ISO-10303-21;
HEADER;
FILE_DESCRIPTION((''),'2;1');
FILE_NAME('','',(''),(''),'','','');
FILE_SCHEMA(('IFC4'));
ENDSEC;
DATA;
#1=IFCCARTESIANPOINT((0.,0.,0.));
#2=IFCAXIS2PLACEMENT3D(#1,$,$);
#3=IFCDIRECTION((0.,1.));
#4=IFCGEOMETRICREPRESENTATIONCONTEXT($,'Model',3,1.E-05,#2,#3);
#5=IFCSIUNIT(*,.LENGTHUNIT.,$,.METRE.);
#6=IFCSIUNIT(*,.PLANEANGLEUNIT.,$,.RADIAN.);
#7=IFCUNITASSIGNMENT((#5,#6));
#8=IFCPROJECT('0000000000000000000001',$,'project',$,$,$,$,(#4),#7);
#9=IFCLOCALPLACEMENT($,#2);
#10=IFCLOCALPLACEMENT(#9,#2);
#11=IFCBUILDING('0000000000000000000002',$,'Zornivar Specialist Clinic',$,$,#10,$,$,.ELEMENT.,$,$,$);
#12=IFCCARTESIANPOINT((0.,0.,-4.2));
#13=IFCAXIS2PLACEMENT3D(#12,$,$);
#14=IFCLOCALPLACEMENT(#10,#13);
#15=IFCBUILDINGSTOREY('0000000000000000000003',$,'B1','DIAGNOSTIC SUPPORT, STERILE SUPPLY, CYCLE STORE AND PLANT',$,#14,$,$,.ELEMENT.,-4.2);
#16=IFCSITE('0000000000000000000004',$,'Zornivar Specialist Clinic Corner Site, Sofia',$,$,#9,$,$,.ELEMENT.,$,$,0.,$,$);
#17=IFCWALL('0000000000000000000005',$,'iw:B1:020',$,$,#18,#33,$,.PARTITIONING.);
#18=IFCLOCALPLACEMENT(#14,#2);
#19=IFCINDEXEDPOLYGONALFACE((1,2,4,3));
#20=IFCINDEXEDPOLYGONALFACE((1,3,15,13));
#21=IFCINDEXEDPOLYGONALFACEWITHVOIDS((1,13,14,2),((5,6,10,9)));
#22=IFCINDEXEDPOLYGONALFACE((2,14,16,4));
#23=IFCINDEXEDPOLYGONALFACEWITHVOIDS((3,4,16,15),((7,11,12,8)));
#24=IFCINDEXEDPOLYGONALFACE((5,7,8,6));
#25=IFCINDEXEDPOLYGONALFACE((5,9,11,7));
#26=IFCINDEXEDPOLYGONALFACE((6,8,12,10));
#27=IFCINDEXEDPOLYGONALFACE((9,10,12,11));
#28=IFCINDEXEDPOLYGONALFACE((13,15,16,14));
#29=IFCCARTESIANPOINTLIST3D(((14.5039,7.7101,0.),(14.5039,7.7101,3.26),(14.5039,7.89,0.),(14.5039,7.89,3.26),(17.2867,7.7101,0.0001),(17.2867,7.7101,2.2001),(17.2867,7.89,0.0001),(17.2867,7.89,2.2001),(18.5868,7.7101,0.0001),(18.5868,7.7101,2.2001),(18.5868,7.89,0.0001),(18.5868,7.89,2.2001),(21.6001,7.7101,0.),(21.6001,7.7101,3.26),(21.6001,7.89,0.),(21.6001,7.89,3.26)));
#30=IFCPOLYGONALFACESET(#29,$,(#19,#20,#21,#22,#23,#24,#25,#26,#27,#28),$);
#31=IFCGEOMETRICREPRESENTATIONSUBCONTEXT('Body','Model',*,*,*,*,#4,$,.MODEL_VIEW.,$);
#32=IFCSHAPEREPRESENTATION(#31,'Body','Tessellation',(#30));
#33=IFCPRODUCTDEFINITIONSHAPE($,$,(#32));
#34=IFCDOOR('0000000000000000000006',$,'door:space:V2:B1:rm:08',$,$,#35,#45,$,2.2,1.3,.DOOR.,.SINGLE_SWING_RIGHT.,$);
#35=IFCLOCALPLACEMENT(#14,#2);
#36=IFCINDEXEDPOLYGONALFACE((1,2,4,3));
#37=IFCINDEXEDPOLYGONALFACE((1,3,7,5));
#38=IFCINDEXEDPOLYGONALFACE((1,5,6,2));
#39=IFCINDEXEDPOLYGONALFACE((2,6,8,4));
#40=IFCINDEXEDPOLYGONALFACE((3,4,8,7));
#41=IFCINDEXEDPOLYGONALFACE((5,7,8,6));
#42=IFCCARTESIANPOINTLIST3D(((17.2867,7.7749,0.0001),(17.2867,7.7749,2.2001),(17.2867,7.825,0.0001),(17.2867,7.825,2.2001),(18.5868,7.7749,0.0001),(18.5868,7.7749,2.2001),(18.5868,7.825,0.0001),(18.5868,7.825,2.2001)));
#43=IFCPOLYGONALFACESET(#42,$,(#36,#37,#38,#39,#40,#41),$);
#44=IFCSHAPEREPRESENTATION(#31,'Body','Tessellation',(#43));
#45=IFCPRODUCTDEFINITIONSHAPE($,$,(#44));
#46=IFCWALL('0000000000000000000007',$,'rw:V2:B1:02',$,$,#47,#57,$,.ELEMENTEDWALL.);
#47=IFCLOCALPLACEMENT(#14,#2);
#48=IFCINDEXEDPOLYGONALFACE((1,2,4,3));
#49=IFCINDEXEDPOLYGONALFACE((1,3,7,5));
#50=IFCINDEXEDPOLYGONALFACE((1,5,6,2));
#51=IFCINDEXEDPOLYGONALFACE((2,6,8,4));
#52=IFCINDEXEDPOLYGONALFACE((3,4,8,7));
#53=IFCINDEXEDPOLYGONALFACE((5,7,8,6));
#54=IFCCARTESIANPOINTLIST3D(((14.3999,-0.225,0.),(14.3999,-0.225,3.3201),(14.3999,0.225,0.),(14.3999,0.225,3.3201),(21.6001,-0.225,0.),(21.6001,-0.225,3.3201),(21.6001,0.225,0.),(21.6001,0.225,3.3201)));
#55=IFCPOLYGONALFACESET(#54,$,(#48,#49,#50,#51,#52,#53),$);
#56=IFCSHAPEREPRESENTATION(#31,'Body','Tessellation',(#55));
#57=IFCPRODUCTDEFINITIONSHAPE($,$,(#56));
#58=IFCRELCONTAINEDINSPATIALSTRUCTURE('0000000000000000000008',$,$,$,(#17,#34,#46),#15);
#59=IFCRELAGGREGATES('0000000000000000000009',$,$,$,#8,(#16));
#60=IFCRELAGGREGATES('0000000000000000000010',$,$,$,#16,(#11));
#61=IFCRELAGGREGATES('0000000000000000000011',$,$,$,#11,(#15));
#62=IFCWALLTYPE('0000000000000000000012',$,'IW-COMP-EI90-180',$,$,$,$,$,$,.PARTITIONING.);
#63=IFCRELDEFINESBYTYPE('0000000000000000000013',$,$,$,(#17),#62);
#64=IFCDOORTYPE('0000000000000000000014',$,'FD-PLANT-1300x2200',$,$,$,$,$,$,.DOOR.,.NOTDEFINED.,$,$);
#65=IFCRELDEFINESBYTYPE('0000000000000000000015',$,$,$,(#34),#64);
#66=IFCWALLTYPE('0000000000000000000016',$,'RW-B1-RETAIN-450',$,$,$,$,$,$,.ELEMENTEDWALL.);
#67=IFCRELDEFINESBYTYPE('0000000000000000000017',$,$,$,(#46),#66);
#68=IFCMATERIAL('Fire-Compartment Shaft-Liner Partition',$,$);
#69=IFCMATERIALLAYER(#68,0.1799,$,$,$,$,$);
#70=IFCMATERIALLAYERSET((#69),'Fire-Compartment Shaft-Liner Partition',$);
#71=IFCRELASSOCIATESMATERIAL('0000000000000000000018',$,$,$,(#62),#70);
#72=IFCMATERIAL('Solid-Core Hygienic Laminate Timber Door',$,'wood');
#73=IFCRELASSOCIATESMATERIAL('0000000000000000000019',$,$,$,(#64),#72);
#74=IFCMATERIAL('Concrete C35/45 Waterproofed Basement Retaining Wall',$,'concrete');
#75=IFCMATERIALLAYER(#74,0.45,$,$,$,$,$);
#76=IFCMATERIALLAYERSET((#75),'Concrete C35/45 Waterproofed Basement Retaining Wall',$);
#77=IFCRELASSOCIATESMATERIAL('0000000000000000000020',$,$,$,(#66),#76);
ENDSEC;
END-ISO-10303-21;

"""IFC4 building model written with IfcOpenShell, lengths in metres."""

from ifc_helpers import new_model, si_unit, direction, frame, frame_2d, origin, place, context, subcontext, project, spatial, rectangle, extrude, material, layer, layer_set, type_object, element, fill, save


model = new_model("IFC4")

# Units and contexts
model_context = context("Model", 3, precision=1e-05, world=origin(), true_north=direction((0.0, 1.0)))
body_context = subcontext(model_context, "Body", "Model", "MODEL_VIEW")
ifc_project = project(units=[si_unit("LENGTHUNIT", "METRE"), si_unit("PLANEANGLEUNIT", "RADIAN")], contexts=[model_context])

# Site, building, storey
site_placement = place(None, origin())
site = spatial("IfcSite", under=ifc_project, at=site_placement, Name="Zornivar Specialist Clinic Corner Site, Sofia", CompositionType="ELEMENT", RefElevation=0.0)
building_placement = place(site_placement, origin())
building = spatial("IfcBuilding", under=site, at=building_placement, Name="Zornivar Specialist Clinic", CompositionType="ELEMENT")
storey_placement = place(building_placement, frame((0.0, 0.0, -4.2)))
storey = spatial("IfcBuildingStorey", under=building, at=storey_placement, Name="B1", Description="DIAGNOSTIC SUPPORT, STERILE SUPPLY, CYCLE STORE AND PLANT", CompositionType="ELEMENT", Elevation=-4.2)

# Shared definitions
ifc_material_1 = material(Name="Fire-Compartment Shaft-Liner Partition")
ifc_layer_1 = layer(ifc_material_1, 0.1799)
ifc_layer_set_1 = layer_set([ifc_layer_1], Name="Fire-Compartment Shaft-Liner Partition")
wall_type_1 = type_object("IfcWallType", Name="IW-COMP-EI90-180", PredefinedType="PARTITIONING", material=ifc_layer_set_1)

# Wall, opening, door
wall_1_placement = place(storey_placement, frame((14.5039, 7.8, 0.0), z_axis=(0.0, 0.0, 1.0), x_axis=(1.0, 0.0, 0.0)))
wall_1 = element("IfcWall", 1, at=wall_1_placement, inside=storey, type_object=wall_type_1, Name="iw:B1:020", PredefinedType="PARTITIONING", context=body_context, shape_type="SweptSolid", body=[
    extrude(rectangle(XDim=7.0962, YDim=0.1799, at=frame_2d((3.5481, 0.0))), origin(), (0.0, 0.0, 1.0), 3.26),
])
opening_placement = place(wall_1_placement, frame((2.783, 0.0, 0.0)))
opening = element("IfcOpeningElement", 2, at=opening_placement, cuts=wall_1, PredefinedType="OPENING", context=body_context, shape_type="SweptSolid", body=[
    extrude(rectangle(XDim=1.3, YDim=2.2, at=frame_2d((0.6499, 1.1001))), frame((0.0, 0.0999, 0.0), z_axis=(0.0, -1.0, 0.0), x_axis=(1.0, 0.0, 0.0)), (0.0, 0.0, 1.0), 0.2),
])
ifc_material_2 = material(Name="Solid-Core Hygienic Laminate Timber Door", Category="wood")
door_type = type_object("IfcDoorType", Name="FD-PLANT-1300x2200", OperationType="NOTDEFINED", PredefinedType="DOOR", material=ifc_material_2)
door_placement = place(opening_placement, origin())
door = element("IfcDoor", 3, at=door_placement, inside=storey, type_object=door_type, Name="door:space:V2:B1:rm:08", OperationType="SINGLE_SWING_RIGHT", OverallHeight=2.2, OverallWidth=1.3, PredefinedType="DOOR", context=body_context, shape_type="SweptSolid", body=[
    extrude(rectangle(XDim=1.3, YDim=2.2, at=frame_2d((0.6499, 1.1001))), frame((0.0, 0.0249, 0.0), z_axis=(0.0, -1.0, 0.0), x_axis=(1.0, 0.0, 0.0)), (0.0, 0.0, 1.0), 0.05),
])
fill(opening, door)

# Wall
ifc_material_3 = material(Name="Concrete C35/45 Waterproofed Basement Retaining Wall", Category="concrete")
ifc_layer_2 = layer(ifc_material_3, 0.45)
ifc_layer_set_2 = layer_set([ifc_layer_2], Name="Concrete C35/45 Waterproofed Basement Retaining Wall")
wall_type_2 = type_object("IfcWallType", Name="RW-B1-RETAIN-450", PredefinedType="ELEMENTEDWALL", material=ifc_layer_set_2)
wall_2_placement = place(storey_placement, frame((14.3999, 0.0, 0.0), z_axis=(0.0, 0.0, 1.0), x_axis=(1.0, 0.0, 0.0)))
element("IfcWall", 4, at=wall_2_placement, inside=storey, type_object=wall_type_2, Name="rw:V2:B1:02", PredefinedType="ELEMENTEDWALL", context=body_context, shape_type="SweptSolid", body=[
    extrude(rectangle(XDim=7.2002, YDim=0.45, at=frame_2d((3.6001, 0.0))), origin(), (0.0, 0.0, 1.0), 3.3201),
])

save(model, "model.ifc")
